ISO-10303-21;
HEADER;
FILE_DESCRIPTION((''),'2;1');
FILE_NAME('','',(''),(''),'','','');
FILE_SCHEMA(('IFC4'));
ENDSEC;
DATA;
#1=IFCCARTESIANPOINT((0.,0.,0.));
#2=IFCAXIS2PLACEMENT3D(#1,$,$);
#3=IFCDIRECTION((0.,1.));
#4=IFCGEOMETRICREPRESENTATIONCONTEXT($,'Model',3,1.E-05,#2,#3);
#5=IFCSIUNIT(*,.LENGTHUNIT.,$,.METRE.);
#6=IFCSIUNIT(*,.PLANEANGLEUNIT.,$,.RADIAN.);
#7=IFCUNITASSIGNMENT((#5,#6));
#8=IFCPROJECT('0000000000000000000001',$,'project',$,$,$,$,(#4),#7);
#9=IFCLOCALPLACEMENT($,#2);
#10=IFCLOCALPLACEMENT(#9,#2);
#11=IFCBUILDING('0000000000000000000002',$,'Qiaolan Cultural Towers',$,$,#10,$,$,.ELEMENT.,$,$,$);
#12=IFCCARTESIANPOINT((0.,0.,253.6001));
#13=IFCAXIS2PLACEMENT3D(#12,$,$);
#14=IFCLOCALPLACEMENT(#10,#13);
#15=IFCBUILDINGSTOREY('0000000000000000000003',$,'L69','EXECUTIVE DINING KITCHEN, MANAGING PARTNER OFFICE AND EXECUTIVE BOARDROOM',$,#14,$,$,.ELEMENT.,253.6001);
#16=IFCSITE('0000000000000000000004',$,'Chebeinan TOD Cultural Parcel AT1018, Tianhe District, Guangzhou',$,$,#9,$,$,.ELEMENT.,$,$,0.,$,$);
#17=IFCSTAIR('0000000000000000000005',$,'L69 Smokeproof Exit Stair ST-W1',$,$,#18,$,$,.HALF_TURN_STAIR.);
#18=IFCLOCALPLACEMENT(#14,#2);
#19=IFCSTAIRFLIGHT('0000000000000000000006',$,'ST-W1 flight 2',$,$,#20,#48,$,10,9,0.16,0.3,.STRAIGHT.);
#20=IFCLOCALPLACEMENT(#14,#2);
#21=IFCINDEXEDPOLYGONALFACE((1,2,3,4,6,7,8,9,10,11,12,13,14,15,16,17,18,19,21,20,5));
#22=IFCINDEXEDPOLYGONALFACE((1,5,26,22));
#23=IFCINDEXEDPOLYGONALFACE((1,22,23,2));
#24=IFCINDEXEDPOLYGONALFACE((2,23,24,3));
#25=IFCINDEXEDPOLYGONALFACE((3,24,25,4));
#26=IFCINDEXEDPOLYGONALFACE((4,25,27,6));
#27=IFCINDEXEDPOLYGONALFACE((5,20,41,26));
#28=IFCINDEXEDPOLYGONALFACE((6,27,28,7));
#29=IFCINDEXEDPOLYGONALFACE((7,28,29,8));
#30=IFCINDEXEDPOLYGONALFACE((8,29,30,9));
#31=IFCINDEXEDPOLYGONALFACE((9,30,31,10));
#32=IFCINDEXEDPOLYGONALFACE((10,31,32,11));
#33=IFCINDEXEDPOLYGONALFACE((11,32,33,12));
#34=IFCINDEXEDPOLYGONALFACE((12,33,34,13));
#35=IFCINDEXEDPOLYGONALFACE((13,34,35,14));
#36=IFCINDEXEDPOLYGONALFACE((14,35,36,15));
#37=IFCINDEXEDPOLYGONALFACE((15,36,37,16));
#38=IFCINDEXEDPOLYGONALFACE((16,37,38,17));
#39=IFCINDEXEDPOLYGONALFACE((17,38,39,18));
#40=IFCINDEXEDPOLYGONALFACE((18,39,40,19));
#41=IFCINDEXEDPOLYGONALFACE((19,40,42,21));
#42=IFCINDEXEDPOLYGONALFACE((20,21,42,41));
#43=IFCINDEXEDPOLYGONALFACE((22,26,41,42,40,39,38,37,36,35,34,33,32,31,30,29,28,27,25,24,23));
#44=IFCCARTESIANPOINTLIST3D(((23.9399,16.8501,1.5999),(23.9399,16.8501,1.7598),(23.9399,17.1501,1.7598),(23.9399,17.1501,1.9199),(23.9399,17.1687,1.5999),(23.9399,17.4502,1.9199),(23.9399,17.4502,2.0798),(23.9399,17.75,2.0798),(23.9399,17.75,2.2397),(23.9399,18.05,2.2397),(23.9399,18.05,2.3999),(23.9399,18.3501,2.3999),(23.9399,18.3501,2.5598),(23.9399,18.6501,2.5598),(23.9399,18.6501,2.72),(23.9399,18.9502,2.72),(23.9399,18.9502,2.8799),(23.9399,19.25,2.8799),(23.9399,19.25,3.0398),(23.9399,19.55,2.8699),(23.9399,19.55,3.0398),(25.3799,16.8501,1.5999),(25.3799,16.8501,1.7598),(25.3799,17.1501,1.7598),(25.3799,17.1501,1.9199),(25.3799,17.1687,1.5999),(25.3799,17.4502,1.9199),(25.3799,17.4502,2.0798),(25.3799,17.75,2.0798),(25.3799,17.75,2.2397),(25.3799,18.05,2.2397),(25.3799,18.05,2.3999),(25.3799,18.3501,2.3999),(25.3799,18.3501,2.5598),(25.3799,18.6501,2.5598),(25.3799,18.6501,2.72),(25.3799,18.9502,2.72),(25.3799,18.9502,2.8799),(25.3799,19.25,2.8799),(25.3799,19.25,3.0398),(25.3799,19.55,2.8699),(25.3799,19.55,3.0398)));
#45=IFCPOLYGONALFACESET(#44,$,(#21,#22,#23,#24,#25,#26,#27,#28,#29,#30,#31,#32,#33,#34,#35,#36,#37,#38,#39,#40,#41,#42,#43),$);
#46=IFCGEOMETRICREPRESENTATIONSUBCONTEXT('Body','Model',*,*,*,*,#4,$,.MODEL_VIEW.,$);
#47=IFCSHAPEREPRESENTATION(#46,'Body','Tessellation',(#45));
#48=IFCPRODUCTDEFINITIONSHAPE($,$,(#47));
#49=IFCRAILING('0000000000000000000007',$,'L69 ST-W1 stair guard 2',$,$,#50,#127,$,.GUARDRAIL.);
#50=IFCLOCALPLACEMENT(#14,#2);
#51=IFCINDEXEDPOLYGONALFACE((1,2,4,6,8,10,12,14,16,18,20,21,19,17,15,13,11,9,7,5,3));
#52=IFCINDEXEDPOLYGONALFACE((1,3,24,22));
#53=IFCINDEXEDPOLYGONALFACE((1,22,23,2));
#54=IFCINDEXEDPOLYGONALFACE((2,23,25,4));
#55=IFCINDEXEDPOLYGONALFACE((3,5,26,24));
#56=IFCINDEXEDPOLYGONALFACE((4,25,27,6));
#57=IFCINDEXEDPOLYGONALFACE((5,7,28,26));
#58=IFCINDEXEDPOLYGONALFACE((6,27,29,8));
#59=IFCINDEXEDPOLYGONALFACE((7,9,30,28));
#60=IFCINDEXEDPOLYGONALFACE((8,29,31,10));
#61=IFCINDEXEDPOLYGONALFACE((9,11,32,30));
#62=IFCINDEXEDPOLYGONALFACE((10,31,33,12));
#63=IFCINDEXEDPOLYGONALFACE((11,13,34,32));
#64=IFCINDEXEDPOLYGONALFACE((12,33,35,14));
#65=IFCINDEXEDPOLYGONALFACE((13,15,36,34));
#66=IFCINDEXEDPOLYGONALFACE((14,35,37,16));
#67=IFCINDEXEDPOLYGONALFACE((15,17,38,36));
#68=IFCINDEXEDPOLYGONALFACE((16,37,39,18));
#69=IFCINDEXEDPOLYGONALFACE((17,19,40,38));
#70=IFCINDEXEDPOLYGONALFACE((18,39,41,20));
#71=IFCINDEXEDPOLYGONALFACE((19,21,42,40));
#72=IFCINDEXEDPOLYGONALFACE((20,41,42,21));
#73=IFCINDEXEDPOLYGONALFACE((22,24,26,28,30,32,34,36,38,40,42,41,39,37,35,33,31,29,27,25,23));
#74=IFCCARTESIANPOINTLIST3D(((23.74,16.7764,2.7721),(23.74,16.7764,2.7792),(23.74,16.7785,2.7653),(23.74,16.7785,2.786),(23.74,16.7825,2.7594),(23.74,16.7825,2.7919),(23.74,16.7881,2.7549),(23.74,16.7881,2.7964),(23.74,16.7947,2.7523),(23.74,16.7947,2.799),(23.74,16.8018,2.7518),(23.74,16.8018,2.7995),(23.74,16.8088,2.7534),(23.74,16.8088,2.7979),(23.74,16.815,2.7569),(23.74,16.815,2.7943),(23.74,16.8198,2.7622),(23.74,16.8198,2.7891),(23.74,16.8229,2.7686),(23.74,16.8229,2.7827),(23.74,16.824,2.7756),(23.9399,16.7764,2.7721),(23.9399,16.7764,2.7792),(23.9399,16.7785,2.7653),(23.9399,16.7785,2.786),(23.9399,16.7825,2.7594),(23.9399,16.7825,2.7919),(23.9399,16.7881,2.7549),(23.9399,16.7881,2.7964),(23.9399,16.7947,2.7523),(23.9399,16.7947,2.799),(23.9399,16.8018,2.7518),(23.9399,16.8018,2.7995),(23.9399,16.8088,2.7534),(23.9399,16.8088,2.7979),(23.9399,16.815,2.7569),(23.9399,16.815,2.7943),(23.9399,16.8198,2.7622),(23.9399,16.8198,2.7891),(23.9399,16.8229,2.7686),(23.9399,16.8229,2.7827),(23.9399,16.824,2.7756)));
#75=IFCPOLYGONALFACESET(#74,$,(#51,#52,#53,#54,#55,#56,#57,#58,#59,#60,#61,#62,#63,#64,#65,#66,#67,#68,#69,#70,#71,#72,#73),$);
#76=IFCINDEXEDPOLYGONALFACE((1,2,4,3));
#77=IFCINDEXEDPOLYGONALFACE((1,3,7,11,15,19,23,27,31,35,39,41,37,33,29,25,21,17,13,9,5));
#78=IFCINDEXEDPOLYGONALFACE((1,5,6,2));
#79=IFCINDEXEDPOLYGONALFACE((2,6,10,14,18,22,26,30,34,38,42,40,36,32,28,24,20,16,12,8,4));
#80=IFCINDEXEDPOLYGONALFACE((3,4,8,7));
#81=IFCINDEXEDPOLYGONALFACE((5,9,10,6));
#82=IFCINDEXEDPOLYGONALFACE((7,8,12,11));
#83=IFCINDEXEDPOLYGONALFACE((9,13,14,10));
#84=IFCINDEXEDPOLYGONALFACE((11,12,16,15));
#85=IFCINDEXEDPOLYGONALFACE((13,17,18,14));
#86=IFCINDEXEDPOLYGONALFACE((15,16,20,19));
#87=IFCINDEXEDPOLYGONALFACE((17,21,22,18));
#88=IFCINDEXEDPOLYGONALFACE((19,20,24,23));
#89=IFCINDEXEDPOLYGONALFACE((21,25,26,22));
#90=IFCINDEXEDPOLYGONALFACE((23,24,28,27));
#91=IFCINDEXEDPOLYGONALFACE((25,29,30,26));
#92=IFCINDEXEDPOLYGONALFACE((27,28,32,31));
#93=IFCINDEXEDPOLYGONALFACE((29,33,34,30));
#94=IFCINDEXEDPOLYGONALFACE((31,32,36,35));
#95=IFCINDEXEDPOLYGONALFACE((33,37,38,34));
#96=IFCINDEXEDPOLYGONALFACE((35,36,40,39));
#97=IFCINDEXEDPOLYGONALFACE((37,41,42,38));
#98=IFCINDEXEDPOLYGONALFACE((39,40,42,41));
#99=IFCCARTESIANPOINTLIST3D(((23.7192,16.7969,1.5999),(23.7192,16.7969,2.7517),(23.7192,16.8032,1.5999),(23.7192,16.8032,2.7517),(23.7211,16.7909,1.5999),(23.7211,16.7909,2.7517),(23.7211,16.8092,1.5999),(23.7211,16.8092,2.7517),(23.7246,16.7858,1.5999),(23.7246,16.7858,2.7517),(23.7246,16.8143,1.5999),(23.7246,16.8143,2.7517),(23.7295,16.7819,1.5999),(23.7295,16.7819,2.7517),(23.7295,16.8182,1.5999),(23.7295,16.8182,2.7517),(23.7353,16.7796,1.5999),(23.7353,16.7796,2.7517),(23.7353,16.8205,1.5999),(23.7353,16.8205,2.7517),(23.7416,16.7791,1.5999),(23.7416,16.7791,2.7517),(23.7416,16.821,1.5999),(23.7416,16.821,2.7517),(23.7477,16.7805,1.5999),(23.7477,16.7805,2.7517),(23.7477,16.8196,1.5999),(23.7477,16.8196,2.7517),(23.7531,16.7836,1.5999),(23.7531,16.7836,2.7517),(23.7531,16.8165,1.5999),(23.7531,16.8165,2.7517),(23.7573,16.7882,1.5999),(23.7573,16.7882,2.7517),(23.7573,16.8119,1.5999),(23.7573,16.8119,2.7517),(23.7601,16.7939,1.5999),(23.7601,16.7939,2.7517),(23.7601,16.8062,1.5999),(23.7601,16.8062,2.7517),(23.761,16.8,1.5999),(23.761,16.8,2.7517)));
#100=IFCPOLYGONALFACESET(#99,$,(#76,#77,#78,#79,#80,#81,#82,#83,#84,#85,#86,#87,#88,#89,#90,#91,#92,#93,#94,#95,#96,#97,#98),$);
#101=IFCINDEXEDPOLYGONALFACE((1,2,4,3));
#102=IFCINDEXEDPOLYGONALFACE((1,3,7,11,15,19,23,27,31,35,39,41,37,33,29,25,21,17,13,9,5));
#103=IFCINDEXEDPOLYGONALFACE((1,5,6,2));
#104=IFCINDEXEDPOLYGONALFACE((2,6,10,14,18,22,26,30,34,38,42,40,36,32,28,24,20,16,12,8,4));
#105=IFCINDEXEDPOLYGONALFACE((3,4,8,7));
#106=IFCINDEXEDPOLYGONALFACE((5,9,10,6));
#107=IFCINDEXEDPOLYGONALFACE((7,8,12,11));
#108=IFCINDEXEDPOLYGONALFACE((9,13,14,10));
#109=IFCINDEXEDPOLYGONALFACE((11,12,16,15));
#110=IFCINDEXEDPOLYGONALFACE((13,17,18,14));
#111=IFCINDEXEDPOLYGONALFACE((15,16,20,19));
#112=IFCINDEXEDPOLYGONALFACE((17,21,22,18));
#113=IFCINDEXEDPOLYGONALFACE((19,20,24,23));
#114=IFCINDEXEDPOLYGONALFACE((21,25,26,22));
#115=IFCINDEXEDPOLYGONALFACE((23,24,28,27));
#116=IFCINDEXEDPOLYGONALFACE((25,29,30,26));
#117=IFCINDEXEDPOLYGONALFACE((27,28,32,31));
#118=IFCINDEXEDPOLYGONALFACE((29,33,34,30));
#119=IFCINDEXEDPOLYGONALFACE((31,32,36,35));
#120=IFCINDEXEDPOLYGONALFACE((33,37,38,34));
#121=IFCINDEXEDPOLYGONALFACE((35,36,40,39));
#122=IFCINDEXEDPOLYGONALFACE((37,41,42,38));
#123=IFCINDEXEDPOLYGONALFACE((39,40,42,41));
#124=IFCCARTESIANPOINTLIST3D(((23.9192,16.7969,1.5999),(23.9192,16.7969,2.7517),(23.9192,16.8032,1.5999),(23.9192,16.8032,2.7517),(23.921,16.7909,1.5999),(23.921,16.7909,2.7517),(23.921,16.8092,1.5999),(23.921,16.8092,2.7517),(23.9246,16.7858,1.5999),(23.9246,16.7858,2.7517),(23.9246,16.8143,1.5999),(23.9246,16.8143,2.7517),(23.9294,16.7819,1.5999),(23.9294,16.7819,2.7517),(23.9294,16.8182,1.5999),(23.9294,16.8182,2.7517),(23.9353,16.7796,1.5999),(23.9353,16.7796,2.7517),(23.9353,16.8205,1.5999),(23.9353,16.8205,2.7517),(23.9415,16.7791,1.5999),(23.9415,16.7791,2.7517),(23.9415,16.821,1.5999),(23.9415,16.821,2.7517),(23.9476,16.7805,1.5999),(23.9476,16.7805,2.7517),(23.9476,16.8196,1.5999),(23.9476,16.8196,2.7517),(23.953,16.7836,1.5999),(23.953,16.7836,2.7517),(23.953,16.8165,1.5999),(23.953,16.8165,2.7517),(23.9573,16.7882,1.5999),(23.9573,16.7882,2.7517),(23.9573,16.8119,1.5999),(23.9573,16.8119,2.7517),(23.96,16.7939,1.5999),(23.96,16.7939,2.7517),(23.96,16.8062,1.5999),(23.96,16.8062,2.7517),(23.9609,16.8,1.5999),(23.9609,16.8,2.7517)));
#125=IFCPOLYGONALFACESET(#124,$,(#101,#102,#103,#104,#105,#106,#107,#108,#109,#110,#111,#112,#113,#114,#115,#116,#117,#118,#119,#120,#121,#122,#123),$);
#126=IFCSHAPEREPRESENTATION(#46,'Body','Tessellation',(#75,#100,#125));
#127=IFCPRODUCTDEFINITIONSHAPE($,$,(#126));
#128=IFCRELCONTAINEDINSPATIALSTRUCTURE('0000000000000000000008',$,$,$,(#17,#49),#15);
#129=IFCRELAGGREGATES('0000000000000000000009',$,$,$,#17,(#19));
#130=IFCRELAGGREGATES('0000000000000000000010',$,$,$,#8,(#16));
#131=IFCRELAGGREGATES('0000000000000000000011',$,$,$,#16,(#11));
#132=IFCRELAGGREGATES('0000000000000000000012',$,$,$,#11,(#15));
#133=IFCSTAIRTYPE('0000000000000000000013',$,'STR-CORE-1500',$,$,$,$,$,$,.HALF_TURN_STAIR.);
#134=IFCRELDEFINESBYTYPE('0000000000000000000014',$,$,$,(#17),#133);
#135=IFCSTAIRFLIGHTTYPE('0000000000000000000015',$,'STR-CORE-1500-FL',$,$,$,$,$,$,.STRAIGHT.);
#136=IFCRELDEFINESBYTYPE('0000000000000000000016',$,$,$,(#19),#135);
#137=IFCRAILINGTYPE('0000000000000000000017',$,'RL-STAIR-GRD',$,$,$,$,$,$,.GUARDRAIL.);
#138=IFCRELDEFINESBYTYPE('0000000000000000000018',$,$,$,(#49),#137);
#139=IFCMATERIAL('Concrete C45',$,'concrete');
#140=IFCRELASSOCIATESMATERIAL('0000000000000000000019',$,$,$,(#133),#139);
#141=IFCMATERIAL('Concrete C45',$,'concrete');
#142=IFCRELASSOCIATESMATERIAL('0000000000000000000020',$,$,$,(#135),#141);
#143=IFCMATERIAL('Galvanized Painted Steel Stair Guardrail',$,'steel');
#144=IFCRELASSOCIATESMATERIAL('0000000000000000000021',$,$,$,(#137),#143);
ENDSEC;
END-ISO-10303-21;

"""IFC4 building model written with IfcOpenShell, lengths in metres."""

from ifc_helpers import new_model, si_unit, direction, frame, origin, origin_2d, place, context, subcontext, project, spatial, polyline, circle, outline, extrude, material, type_object, element, aggregate, save


model = new_model("IFC4")

# Units and contexts
model_context = context("Model", 3, precision=1e-05, world=origin(), true_north=direction((0.0, 1.0)))
body_context = subcontext(model_context, "Body", "Model", "MODEL_VIEW")
ifc_project = project(units=[si_unit("LENGTHUNIT", "METRE"), si_unit("PLANEANGLEUNIT", "RADIAN")], contexts=[model_context])

# Site, building, storey
site_placement = place(None, origin())
site = spatial("IfcSite", under=ifc_project, at=site_placement, Name="Chebeinan TOD Cultural Parcel AT1018, Tianhe District, Guangzhou", CompositionType="ELEMENT", RefElevation=0.0)
building_placement = place(site_placement, origin())
building = spatial("IfcBuilding", under=site, at=building_placement, Name="Qiaolan Cultural Towers", CompositionType="ELEMENT")
storey_placement = place(building_placement, frame((0.0, 0.0, 253.6001)))
storey = spatial("IfcBuildingStorey", under=building, at=storey_placement, Name="L69", Description="EXECUTIVE DINING KITCHEN, MANAGING PARTNER OFFICE AND EXECUTIVE BOARDROOM", CompositionType="ELEMENT", Elevation=253.6001)

# Stair
ifc_material_1 = material(Name="Concrete C45", Category="concrete")
stair_type = type_object("IfcStairType", Name="STR-CORE-1500", PredefinedType="HALF_TURN_STAIR", material=ifc_material_1)
stair_1_placement = place(storey_placement, origin())
stair_1 = element("IfcStair", 1, at=stair_1_placement, inside=storey, type_object=stair_type, Name="L69 Smokeproof Exit Stair ST-W1", PredefinedType="HALF_TURN_STAIR")

# Stair flight
ifc_material_2 = material(Name="Concrete C45", Category="concrete")
stair_flight_type = type_object("IfcStairFlightType", Name="STR-CORE-1500-FL", PredefinedType="STRAIGHT", material=ifc_material_2)
stair_flight_placement = place(storey_placement, frame((24.6599, 16.8501, 1.5999), z_axis=(0.0, 0.0, 1.0), x_axis=(0.0, 1.0, 0.0)))
stair_flight = element("IfcStairFlight", 2, at=stair_flight_placement, type_object=stair_flight_type, Name="ST-W1 flight 2", NumberOfRisers=10, NumberOfTreads=9, PredefinedType="STRAIGHT", RiserHeight=0.16, TreadLength=0.3, context=body_context, shape_type="SweptSolid", body=[
    extrude(outline(polyline([(0.0, 0.0), (0.0, 0.1599), (0.3, 0.1599), (0.3, 0.3201), (0.6001, 0.3201), (0.6001, 0.48), (0.8999, 0.48), (0.8999, 0.6399), (1.2, 0.6399), (1.2, 0.8), (1.5, 0.8), (1.5, 0.96), (1.8, 0.96), (1.8, 1.1201), (2.1001, 1.1201), (2.1001, 1.28), (2.3999, 1.28), (2.3999, 1.4399), (2.7, 1.4399), (2.7, 1.6001), (2.7, 1.27), (0.3186, 0.0), (0.0, 0.0)])), frame((0.0, 0.72, 0.0), z_axis=(0.0, -1.0, 0.0), x_axis=(1.0, 0.0, 0.0)), (0.0, 0.0, 1.0), 1.4399),
])
aggregate(stair_1, [stair_flight])

# Railing
ifc_material_3 = material(Name="Galvanized Painted Steel Stair Guardrail", Category="steel")
railing_type = type_object("IfcRailingType", Name="RL-STAIR-GRD", PredefinedType="GUARDRAIL", material=ifc_material_3)
railing_1_placement = place(storey_placement, frame((23.74, 16.8, 1.5999)))
element("IfcRailing", 3, at=railing_1_placement, inside=storey, type_object=railing_type, Name="L69 ST-W1 stair guard 2", PredefinedType="GUARDRAIL", context=body_context, shape_type="SweptSolid", body=[
    extrude(circle(Radius=0.0239, at=origin_2d()), frame((0.0, 0.0, 1.1758), z_axis=(1.0, 0.0, 0.0), x_axis=(0.0, 1.0, 0.0)), (0.0, 0.0, 1.0), 0.2),
    extrude(circle(Radius=0.021, at=origin_2d()), origin(), (0.0, 0.0, 1.0), 1.1519),
    extrude(circle(Radius=0.021, at=origin_2d()), frame((0.2, 0.0, 0.0)), (0.0, 0.0, 1.0), 1.1519),
])

save(model, "model.ifc")
